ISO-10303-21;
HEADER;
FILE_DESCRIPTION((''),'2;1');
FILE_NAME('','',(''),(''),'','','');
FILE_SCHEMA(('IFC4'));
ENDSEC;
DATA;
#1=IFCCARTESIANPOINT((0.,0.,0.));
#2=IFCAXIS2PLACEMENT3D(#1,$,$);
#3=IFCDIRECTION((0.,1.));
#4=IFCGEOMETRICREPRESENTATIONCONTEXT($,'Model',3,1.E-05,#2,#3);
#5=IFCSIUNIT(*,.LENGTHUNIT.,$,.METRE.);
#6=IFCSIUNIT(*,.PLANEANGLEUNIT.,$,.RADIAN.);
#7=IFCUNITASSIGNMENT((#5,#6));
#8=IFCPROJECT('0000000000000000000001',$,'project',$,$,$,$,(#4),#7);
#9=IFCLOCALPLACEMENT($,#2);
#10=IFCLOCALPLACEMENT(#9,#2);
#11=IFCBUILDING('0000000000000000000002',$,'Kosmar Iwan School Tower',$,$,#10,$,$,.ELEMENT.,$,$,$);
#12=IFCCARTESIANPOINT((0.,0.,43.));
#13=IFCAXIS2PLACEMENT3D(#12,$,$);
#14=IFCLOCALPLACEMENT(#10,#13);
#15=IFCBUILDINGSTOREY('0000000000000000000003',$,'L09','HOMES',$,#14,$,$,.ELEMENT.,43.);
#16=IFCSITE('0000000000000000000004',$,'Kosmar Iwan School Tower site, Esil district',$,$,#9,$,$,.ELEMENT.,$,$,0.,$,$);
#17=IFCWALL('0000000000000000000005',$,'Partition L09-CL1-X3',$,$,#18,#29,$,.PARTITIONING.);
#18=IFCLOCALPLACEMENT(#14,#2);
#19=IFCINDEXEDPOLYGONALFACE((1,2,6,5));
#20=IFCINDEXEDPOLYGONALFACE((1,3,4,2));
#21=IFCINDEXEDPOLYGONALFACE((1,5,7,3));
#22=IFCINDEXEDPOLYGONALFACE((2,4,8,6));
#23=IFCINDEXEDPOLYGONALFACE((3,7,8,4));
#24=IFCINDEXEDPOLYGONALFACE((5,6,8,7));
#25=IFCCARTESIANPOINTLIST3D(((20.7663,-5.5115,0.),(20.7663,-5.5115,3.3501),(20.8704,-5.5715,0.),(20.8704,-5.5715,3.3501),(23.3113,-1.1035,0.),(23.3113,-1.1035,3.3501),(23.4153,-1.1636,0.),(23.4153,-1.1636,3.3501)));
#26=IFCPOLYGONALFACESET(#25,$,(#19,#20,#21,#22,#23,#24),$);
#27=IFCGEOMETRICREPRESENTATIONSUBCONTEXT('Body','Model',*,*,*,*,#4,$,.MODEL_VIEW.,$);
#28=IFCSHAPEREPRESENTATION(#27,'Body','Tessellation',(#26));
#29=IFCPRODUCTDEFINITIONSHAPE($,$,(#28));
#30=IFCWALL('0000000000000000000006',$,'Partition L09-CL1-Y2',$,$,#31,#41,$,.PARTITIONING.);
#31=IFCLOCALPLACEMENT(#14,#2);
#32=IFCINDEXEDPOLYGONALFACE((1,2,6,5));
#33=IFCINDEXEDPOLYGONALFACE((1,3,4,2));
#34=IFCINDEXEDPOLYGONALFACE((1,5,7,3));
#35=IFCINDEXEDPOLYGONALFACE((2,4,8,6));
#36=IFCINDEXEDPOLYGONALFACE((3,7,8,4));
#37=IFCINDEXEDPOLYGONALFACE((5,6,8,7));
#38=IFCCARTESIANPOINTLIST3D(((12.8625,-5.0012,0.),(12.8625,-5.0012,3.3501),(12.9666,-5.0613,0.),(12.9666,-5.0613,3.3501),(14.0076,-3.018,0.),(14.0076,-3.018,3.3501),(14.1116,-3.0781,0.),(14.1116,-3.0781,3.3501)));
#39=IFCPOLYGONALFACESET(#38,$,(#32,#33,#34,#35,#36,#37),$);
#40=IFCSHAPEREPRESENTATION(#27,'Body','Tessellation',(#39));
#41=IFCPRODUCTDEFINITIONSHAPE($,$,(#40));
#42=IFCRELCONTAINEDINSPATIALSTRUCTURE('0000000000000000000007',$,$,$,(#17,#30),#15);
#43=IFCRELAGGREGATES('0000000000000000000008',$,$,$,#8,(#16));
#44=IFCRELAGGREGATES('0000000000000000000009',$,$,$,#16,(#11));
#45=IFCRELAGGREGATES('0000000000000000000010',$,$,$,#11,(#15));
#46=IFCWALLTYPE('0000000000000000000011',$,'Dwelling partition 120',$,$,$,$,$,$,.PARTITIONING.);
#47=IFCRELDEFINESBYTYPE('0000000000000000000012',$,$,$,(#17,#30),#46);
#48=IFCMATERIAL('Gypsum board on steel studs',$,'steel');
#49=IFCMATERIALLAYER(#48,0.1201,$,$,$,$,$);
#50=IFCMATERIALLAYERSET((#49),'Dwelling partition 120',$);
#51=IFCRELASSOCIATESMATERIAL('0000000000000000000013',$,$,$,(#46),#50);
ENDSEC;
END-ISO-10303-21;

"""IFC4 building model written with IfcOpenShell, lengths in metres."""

from ifc_helpers import new_model, si_unit, direction, frame, frame_2d, origin, place, context, subcontext, project, spatial, rectangle, extrude, material, layer, layer_set, type_object, element, save


model = new_model("IFC4")

# Units and contexts
model_context = context("Model", 3, precision=1e-05, world=origin(), true_north=direction((0.0, 1.0)))
body_context = subcontext(model_context, "Body", "Model", "MODEL_VIEW")
ifc_project = project(units=[si_unit("LENGTHUNIT", "METRE"), si_unit("PLANEANGLEUNIT", "RADIAN")], contexts=[model_context])

# Site, building, storey
site_placement = place(None, origin())
site = spatial("IfcSite", under=ifc_project, at=site_placement, Name="Kosmar Iwan School Tower site, Esil district", CompositionType="ELEMENT", RefElevation=0.0)
building_placement = place(site_placement, origin())
building = spatial("IfcBuilding", under=site, at=building_placement, Name="Kosmar Iwan School Tower", CompositionType="ELEMENT")
storey_placement = place(building_placement, frame((0.0, 0.0, 43.0)))
storey = spatial("IfcBuildingStorey", under=building, at=storey_placement, Name="L09", Description="HOMES", CompositionType="ELEMENT", Elevation=43.0)

# Shared definitions
ifc_material_1 = material(Name="Gypsum board on steel studs", Category="steel")
ifc_layer = layer(ifc_material_1, 0.1201)
ifc_layer_set = layer_set([ifc_layer], Name="Dwelling partition 120")
wall_type = type_object("IfcWallType", Name="Dwelling partition 120", PredefinedType="PARTITIONING", material=ifc_layer_set)

# Walls
wall_1_placement = place(storey_placement, frame((20.8184, -5.5415, 0.0), z_axis=(0.0, 0.0, 1.0), x_axis=(0.499998, 0.866027, 0.0)))
element("IfcWall", 1, at=wall_1_placement, inside=storey, type_object=wall_type, Name="Partition L09-CL1-X3", PredefinedType="PARTITIONING", context=body_context, shape_type="SweptSolid", body=[
    extrude(rectangle(XDim=5.0898, YDim=0.1201, at=frame_2d((2.5449, 0.0))), origin(), (0.0, 0.0, 1.0), 3.3501),
])
wall_2_placement = place(storey_placement, frame((12.9146, -5.0312, 0.0), z_axis=(0.0, 0.0, 1.0), x_axis=(0.500015, 0.866017, 0.0)))
element("IfcWall", 2, at=wall_2_placement, inside=storey, type_object=wall_type, Name="Partition L09-CL1-Y2", PredefinedType="PARTITIONING", context=body_context, shape_type="SweptSolid", body=[
    extrude(rectangle(XDim=2.29, YDim=0.1201, at=frame_2d((1.145, 0.0))), origin(), (0.0, 0.0, 1.0), 3.3501),
])

save(model, "model.ifc")
